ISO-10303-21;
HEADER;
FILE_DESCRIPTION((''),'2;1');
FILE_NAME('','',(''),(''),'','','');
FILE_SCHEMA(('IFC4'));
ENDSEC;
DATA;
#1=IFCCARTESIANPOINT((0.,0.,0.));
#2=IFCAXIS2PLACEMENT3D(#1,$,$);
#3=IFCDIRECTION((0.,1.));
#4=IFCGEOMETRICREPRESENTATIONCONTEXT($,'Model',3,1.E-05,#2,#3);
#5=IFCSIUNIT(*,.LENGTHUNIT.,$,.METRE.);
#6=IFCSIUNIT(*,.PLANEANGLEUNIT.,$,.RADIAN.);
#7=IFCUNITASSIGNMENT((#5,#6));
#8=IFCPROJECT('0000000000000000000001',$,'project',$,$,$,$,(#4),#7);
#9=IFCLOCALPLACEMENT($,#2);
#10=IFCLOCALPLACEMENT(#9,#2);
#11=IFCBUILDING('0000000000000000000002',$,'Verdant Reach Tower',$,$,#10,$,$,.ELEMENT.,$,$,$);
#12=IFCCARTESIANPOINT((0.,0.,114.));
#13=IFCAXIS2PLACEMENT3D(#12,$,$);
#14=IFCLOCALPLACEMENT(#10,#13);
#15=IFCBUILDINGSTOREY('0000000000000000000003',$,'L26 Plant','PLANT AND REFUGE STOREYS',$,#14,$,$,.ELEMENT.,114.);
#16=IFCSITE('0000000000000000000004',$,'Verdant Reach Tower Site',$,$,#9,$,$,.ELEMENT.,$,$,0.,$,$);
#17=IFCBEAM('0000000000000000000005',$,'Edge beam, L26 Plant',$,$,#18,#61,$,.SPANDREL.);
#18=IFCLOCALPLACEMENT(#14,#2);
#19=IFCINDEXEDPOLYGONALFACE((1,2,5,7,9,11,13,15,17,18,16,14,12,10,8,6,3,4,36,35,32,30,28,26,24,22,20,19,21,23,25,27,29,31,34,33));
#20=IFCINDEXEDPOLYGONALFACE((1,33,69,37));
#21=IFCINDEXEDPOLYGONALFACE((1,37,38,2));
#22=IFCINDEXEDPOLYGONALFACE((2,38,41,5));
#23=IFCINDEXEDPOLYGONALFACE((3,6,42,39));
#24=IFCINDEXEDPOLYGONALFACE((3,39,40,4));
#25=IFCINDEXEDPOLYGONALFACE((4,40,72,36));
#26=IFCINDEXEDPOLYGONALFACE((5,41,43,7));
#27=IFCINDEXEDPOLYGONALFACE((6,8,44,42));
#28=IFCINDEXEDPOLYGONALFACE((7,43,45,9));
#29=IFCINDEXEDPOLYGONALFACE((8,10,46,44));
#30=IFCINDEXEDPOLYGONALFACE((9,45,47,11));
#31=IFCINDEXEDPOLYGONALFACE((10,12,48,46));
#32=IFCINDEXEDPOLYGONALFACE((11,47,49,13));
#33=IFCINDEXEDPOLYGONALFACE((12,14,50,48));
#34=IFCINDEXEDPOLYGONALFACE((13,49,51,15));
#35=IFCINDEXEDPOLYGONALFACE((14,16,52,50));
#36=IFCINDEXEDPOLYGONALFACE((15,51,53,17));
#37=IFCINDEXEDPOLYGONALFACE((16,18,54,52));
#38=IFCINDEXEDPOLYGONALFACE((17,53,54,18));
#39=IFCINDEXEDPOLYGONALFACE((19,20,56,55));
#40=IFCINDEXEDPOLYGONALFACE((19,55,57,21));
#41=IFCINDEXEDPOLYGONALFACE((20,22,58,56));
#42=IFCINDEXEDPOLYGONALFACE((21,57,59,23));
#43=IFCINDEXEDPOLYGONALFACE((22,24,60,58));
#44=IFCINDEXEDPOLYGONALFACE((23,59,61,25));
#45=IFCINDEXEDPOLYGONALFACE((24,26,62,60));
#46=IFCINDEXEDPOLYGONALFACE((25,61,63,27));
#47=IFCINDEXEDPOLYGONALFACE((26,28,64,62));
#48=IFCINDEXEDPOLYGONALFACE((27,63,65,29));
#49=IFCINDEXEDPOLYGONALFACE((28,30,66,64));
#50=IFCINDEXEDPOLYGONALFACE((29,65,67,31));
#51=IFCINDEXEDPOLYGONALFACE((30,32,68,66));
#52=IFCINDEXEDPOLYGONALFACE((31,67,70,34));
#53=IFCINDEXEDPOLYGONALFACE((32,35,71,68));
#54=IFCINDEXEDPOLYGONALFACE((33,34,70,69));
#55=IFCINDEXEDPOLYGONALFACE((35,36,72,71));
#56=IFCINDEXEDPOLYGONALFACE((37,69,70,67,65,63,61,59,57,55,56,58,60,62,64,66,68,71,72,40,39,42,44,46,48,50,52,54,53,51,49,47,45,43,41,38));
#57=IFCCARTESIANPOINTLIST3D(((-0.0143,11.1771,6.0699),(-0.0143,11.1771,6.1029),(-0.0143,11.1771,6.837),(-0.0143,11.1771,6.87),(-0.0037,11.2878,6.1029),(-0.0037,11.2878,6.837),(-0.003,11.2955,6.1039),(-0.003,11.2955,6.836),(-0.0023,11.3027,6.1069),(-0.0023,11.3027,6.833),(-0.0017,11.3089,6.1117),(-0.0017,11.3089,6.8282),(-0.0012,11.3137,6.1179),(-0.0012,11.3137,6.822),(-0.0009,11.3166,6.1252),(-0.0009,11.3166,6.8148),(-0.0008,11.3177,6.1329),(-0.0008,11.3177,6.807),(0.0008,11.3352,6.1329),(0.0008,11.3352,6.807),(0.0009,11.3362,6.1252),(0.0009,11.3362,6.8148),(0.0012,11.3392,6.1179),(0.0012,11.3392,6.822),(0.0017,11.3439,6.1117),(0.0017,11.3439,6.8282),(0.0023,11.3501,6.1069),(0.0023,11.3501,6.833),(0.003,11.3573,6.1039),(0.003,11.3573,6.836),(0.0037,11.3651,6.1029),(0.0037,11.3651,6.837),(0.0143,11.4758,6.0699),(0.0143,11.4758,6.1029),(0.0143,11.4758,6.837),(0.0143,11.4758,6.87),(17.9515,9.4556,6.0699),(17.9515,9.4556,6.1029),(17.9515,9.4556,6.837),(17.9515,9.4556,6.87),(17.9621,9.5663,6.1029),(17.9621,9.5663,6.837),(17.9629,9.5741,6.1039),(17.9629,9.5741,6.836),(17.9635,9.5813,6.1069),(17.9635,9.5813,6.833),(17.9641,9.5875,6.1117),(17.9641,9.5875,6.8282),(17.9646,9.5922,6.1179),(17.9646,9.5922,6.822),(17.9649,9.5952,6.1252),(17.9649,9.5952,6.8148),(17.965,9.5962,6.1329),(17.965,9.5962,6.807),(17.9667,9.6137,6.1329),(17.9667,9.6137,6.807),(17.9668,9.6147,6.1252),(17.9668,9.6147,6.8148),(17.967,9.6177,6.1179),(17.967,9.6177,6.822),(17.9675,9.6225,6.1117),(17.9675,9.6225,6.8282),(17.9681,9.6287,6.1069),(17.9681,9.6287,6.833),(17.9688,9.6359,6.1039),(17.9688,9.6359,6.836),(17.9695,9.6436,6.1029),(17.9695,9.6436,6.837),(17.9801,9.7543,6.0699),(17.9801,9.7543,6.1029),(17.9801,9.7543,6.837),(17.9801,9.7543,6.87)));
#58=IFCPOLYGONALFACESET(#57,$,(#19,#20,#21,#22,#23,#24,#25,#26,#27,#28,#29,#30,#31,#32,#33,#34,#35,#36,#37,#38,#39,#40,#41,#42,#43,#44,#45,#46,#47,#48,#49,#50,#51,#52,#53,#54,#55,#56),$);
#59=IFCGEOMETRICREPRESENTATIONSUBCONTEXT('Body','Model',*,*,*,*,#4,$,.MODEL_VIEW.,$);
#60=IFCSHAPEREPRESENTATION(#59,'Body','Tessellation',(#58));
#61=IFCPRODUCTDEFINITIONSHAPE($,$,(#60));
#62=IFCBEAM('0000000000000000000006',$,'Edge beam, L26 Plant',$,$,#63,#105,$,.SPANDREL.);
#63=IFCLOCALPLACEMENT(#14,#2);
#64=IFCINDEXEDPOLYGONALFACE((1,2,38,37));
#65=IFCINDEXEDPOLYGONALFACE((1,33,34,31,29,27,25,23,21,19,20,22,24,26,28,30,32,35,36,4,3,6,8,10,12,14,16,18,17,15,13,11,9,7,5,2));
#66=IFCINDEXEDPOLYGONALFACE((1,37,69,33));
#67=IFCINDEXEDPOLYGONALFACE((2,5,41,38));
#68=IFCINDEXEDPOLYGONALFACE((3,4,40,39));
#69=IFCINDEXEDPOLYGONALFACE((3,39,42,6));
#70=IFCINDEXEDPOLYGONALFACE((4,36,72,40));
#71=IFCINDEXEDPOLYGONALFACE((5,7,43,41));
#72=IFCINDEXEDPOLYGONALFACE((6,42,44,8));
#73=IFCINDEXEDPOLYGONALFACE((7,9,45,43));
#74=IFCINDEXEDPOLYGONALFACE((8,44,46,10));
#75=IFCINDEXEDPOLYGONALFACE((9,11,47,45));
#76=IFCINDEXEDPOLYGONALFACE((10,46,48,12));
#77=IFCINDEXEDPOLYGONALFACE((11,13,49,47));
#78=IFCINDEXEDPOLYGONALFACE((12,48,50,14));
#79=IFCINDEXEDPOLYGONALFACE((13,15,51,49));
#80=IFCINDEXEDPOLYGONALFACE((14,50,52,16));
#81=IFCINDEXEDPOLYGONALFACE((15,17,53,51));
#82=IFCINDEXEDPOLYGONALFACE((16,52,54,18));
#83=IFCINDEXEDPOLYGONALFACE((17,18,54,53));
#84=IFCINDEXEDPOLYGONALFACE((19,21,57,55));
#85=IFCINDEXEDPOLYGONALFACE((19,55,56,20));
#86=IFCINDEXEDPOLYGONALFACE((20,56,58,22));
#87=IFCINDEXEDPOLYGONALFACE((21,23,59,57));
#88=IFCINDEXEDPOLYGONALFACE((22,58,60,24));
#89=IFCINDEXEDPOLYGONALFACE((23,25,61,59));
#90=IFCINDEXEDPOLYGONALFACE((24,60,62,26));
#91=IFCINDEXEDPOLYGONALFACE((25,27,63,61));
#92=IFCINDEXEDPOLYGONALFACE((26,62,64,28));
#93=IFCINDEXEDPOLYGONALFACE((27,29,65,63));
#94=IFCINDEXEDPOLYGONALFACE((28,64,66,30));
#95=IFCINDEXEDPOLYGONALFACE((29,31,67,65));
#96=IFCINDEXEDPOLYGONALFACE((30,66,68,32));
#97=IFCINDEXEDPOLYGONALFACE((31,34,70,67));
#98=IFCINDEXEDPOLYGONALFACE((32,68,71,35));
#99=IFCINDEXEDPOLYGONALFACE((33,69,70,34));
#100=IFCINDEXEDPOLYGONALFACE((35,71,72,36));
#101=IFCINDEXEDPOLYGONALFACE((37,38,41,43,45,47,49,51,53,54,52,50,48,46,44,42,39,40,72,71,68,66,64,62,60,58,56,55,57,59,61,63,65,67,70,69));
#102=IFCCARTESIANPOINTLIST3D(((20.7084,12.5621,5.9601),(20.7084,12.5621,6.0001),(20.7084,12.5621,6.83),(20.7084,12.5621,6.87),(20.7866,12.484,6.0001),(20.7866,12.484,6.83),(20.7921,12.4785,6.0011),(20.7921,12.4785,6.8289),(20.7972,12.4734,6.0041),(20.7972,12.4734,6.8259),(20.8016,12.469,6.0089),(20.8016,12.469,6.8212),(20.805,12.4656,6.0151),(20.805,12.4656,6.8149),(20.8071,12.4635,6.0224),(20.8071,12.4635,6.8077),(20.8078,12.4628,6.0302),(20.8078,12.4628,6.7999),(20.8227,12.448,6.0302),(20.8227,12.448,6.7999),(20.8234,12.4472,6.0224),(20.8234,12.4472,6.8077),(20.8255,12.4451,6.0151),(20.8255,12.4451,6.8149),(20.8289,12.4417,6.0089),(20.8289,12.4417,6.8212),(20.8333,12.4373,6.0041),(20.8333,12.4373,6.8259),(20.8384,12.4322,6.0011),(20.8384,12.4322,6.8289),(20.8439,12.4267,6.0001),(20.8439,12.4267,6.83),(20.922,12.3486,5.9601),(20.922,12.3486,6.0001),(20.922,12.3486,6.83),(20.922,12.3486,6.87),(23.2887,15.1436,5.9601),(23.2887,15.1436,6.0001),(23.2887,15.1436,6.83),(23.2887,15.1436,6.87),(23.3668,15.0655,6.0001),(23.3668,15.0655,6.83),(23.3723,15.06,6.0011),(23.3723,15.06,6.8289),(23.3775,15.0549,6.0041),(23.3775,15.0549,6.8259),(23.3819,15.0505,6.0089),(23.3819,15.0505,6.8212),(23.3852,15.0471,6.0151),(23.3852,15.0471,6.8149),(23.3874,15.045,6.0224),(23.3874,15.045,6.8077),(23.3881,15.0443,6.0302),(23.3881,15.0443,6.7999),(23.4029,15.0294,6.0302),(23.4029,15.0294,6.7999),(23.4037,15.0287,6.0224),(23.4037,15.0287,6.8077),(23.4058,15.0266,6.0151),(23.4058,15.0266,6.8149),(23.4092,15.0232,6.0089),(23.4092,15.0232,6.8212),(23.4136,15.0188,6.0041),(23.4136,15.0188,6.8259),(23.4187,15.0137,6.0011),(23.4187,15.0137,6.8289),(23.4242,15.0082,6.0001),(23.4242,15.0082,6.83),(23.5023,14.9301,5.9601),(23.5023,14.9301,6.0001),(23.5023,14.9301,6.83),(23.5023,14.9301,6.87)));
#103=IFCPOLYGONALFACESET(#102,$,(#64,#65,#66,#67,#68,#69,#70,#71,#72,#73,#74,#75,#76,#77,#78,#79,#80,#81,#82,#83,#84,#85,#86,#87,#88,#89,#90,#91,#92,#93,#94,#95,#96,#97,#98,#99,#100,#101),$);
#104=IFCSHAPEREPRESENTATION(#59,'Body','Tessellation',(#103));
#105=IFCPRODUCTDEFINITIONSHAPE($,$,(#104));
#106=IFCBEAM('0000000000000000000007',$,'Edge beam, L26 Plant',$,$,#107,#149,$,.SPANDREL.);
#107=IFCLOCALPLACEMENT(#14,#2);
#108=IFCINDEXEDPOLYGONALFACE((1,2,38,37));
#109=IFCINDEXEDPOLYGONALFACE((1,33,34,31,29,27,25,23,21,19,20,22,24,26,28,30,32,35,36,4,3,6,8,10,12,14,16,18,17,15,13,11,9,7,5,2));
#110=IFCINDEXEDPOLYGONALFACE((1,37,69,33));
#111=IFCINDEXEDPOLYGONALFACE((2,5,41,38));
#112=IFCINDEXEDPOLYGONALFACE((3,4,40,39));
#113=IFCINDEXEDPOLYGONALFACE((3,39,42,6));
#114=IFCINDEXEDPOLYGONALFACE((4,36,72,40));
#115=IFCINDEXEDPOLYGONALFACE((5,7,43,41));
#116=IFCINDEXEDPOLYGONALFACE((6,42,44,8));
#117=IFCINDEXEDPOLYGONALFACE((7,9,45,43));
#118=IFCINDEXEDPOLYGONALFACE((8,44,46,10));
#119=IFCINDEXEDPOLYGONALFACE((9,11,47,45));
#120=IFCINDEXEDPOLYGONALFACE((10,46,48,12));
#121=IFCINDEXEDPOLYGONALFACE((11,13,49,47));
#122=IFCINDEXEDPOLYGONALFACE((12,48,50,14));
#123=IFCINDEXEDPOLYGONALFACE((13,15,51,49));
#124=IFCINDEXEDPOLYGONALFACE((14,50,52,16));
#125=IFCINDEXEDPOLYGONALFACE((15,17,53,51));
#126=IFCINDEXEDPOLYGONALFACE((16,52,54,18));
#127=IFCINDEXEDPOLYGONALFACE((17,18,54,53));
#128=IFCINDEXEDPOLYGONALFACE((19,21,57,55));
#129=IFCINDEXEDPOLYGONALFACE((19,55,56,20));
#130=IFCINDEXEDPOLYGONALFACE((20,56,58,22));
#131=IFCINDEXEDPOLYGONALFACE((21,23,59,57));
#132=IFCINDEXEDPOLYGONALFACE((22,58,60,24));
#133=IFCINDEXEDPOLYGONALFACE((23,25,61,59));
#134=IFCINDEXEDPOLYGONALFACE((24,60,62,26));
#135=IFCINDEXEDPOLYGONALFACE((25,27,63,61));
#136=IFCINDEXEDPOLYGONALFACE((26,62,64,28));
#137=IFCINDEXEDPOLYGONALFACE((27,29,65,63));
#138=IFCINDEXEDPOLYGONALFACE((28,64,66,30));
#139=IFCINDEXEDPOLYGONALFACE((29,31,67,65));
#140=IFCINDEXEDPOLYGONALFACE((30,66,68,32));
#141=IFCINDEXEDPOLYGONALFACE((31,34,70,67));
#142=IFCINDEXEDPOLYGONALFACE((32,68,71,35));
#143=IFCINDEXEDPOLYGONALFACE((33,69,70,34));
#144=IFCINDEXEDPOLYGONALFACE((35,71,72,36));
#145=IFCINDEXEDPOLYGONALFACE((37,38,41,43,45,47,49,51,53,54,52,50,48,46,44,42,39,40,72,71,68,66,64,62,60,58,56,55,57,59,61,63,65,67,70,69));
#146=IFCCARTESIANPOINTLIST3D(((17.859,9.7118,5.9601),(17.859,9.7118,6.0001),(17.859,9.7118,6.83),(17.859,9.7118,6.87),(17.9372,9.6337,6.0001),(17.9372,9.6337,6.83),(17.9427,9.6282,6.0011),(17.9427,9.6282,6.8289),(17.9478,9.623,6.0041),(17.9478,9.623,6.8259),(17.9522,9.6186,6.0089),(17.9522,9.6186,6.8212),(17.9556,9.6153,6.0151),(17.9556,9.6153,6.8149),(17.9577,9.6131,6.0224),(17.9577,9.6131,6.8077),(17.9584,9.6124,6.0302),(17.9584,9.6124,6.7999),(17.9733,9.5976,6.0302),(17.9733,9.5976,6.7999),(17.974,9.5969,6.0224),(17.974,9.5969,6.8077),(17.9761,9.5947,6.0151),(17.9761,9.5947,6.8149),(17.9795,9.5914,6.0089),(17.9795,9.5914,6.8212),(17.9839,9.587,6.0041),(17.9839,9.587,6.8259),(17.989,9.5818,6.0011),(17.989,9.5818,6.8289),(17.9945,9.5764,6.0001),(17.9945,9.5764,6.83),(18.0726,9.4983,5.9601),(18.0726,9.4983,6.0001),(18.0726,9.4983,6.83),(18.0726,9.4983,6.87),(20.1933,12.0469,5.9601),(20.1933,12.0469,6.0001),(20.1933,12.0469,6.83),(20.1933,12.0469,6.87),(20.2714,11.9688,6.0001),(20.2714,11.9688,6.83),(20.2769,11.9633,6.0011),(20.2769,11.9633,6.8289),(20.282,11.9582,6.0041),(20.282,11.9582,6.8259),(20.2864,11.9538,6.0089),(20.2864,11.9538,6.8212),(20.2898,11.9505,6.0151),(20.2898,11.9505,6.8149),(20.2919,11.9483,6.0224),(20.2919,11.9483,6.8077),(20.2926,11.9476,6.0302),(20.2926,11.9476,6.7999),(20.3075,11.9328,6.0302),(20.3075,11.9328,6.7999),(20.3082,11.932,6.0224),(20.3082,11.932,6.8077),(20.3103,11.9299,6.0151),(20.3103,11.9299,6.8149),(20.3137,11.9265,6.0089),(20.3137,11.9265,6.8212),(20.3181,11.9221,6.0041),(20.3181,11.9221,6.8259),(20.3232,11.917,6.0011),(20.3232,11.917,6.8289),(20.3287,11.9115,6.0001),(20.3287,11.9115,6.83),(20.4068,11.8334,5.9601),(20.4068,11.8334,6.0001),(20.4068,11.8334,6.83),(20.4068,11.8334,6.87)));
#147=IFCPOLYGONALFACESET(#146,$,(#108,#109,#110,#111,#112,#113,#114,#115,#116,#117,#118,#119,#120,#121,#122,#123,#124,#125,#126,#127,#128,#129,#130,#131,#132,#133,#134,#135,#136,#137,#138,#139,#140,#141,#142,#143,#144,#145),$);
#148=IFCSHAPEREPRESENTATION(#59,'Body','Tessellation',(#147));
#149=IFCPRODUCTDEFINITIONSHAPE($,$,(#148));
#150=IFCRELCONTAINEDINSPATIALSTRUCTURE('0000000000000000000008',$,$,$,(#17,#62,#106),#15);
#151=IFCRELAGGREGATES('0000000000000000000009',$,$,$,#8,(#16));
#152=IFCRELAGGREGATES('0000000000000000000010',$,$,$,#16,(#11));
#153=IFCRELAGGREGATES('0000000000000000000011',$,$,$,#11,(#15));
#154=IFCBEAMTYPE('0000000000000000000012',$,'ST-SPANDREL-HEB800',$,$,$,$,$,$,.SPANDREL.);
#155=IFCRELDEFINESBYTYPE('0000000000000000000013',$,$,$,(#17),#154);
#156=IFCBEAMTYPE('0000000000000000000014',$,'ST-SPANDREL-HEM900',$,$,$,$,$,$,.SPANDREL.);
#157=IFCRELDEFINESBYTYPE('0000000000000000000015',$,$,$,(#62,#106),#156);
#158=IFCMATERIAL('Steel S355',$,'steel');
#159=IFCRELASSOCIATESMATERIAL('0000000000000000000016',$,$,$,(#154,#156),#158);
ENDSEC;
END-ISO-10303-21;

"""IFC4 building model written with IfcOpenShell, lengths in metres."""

from ifc_helpers import new_model, si_unit, direction, frame, origin, origin_2d, place, context, subcontext, project, spatial, i_section, extrude, material, material_profile, profile_set, type_object, element, save


model = new_model("IFC4")

# Units and contexts
model_context = context("Model", 3, precision=1e-05, world=origin(), true_north=direction((0.0, 1.0)))
body_context = subcontext(model_context, "Body", "Model", "MODEL_VIEW")
ifc_project = project(units=[si_unit("LENGTHUNIT", "METRE"), si_unit("PLANEANGLEUNIT", "RADIAN")], contexts=[model_context])

# Site, building, storey
site_placement = place(None, origin())
site = spatial("IfcSite", under=ifc_project, at=site_placement, Name="Verdant Reach Tower Site", CompositionType="ELEMENT", RefElevation=0.0)
building_placement = place(site_placement, origin())
building = spatial("IfcBuilding", under=site, at=building_placement, Name="Verdant Reach Tower", CompositionType="ELEMENT")
storey_placement = place(building_placement, frame((0.0, 0.0, 114.0)))
storey = spatial("IfcBuildingStorey", under=building, at=storey_placement, Name="L26 Plant", Description="PLANT AND REFUGE STOREYS", CompositionType="ELEMENT", Elevation=114.0)

# Beams
ifc_material_1 = material(Name="Steel S355", Category="steel")
ifc_material_profile_1 = material_profile(ifc_material_1, i_section(OverallWidth=0.3, OverallDepth=0.8, WebThickness=0.0176, FlangeThickness=0.033, FilletRadius=0.03, at=origin_2d()), Name="HEB 800")
ifc_profile_set_1 = profile_set([ifc_material_profile_1], Name="Steel S355")
beam_type_1 = type_object("IfcBeamType", Name="ST-SPANDREL-HEB800", PredefinedType="SPANDREL", material=ifc_profile_set_1)
beam_1_placement = place(storey_placement, frame((17.9658, 9.605, 6.47), z_axis=(-0.995441, 0.09538, 0.0), x_axis=(-0.09538, -0.995441, 0.0)))
element("IfcBeam", 1, at=beam_1_placement, inside=storey, type_object=beam_type_1, Name="Edge beam, L26 Plant", PredefinedType="SPANDREL", context=body_context, shape_type="SweptSolid", body=[
    extrude(i_section(OverallWidth=0.3, OverallDepth=0.8, WebThickness=0.0176, FlangeThickness=0.033, FilletRadius=0.03, at=origin_2d()), origin(), (0.0, 0.0, 1.0), 18.0481),
])
ifc_material_profile_2 = material_profile(ifc_material_1, i_section(OverallWidth=0.302, OverallDepth=0.9099, WebThickness=0.021, FlangeThickness=0.04, FilletRadius=0.03, at=origin_2d()), Name="HEM 900")
ifc_profile_set_2 = profile_set([ifc_material_profile_2], Name="Steel S355")
beam_type_2 = type_object("IfcBeamType", Name="ST-SPANDREL-HEM900", PredefinedType="SPANDREL", material=ifc_profile_set_2)
beam_2_placement = place(storey_placement, frame((23.3955, 15.0369, 6.415), z_axis=(-0.70694, -0.707274, 0.0), x_axis=(0.707274, -0.70694, 0.0)))
element("IfcBeam", 2, at=beam_2_placement, inside=storey, type_object=beam_type_2, Name="Edge beam, L26 Plant", PredefinedType="SPANDREL", context=body_context, shape_type="SweptSolid", body=[
    extrude(i_section(OverallWidth=0.302, OverallDepth=0.9099, WebThickness=0.021, FlangeThickness=0.04, FilletRadius=0.03, at=origin_2d()), origin(), (0.0, 0.0, 1.0), 3.6499),
])
beam_3_placement = place(storey_placement, frame((20.3, 11.9402, 6.415), z_axis=(-0.706959, -0.707255, 0.0), x_axis=(0.707255, -0.706959, 0.0)))
element("IfcBeam", 3, at=beam_3_placement, inside=storey, type_object=beam_type_2, Name="Edge beam, L26 Plant", PredefinedType="SPANDREL", context=body_context, shape_type="SweptSolid", body=[
    extrude(i_section(OverallWidth=0.302, OverallDepth=0.9099, WebThickness=0.021, FlangeThickness=0.04, FilletRadius=0.03, at=origin_2d()), origin(), (0.0, 0.0, 1.0), 3.3018),
])

save(model, "model.ifc")
